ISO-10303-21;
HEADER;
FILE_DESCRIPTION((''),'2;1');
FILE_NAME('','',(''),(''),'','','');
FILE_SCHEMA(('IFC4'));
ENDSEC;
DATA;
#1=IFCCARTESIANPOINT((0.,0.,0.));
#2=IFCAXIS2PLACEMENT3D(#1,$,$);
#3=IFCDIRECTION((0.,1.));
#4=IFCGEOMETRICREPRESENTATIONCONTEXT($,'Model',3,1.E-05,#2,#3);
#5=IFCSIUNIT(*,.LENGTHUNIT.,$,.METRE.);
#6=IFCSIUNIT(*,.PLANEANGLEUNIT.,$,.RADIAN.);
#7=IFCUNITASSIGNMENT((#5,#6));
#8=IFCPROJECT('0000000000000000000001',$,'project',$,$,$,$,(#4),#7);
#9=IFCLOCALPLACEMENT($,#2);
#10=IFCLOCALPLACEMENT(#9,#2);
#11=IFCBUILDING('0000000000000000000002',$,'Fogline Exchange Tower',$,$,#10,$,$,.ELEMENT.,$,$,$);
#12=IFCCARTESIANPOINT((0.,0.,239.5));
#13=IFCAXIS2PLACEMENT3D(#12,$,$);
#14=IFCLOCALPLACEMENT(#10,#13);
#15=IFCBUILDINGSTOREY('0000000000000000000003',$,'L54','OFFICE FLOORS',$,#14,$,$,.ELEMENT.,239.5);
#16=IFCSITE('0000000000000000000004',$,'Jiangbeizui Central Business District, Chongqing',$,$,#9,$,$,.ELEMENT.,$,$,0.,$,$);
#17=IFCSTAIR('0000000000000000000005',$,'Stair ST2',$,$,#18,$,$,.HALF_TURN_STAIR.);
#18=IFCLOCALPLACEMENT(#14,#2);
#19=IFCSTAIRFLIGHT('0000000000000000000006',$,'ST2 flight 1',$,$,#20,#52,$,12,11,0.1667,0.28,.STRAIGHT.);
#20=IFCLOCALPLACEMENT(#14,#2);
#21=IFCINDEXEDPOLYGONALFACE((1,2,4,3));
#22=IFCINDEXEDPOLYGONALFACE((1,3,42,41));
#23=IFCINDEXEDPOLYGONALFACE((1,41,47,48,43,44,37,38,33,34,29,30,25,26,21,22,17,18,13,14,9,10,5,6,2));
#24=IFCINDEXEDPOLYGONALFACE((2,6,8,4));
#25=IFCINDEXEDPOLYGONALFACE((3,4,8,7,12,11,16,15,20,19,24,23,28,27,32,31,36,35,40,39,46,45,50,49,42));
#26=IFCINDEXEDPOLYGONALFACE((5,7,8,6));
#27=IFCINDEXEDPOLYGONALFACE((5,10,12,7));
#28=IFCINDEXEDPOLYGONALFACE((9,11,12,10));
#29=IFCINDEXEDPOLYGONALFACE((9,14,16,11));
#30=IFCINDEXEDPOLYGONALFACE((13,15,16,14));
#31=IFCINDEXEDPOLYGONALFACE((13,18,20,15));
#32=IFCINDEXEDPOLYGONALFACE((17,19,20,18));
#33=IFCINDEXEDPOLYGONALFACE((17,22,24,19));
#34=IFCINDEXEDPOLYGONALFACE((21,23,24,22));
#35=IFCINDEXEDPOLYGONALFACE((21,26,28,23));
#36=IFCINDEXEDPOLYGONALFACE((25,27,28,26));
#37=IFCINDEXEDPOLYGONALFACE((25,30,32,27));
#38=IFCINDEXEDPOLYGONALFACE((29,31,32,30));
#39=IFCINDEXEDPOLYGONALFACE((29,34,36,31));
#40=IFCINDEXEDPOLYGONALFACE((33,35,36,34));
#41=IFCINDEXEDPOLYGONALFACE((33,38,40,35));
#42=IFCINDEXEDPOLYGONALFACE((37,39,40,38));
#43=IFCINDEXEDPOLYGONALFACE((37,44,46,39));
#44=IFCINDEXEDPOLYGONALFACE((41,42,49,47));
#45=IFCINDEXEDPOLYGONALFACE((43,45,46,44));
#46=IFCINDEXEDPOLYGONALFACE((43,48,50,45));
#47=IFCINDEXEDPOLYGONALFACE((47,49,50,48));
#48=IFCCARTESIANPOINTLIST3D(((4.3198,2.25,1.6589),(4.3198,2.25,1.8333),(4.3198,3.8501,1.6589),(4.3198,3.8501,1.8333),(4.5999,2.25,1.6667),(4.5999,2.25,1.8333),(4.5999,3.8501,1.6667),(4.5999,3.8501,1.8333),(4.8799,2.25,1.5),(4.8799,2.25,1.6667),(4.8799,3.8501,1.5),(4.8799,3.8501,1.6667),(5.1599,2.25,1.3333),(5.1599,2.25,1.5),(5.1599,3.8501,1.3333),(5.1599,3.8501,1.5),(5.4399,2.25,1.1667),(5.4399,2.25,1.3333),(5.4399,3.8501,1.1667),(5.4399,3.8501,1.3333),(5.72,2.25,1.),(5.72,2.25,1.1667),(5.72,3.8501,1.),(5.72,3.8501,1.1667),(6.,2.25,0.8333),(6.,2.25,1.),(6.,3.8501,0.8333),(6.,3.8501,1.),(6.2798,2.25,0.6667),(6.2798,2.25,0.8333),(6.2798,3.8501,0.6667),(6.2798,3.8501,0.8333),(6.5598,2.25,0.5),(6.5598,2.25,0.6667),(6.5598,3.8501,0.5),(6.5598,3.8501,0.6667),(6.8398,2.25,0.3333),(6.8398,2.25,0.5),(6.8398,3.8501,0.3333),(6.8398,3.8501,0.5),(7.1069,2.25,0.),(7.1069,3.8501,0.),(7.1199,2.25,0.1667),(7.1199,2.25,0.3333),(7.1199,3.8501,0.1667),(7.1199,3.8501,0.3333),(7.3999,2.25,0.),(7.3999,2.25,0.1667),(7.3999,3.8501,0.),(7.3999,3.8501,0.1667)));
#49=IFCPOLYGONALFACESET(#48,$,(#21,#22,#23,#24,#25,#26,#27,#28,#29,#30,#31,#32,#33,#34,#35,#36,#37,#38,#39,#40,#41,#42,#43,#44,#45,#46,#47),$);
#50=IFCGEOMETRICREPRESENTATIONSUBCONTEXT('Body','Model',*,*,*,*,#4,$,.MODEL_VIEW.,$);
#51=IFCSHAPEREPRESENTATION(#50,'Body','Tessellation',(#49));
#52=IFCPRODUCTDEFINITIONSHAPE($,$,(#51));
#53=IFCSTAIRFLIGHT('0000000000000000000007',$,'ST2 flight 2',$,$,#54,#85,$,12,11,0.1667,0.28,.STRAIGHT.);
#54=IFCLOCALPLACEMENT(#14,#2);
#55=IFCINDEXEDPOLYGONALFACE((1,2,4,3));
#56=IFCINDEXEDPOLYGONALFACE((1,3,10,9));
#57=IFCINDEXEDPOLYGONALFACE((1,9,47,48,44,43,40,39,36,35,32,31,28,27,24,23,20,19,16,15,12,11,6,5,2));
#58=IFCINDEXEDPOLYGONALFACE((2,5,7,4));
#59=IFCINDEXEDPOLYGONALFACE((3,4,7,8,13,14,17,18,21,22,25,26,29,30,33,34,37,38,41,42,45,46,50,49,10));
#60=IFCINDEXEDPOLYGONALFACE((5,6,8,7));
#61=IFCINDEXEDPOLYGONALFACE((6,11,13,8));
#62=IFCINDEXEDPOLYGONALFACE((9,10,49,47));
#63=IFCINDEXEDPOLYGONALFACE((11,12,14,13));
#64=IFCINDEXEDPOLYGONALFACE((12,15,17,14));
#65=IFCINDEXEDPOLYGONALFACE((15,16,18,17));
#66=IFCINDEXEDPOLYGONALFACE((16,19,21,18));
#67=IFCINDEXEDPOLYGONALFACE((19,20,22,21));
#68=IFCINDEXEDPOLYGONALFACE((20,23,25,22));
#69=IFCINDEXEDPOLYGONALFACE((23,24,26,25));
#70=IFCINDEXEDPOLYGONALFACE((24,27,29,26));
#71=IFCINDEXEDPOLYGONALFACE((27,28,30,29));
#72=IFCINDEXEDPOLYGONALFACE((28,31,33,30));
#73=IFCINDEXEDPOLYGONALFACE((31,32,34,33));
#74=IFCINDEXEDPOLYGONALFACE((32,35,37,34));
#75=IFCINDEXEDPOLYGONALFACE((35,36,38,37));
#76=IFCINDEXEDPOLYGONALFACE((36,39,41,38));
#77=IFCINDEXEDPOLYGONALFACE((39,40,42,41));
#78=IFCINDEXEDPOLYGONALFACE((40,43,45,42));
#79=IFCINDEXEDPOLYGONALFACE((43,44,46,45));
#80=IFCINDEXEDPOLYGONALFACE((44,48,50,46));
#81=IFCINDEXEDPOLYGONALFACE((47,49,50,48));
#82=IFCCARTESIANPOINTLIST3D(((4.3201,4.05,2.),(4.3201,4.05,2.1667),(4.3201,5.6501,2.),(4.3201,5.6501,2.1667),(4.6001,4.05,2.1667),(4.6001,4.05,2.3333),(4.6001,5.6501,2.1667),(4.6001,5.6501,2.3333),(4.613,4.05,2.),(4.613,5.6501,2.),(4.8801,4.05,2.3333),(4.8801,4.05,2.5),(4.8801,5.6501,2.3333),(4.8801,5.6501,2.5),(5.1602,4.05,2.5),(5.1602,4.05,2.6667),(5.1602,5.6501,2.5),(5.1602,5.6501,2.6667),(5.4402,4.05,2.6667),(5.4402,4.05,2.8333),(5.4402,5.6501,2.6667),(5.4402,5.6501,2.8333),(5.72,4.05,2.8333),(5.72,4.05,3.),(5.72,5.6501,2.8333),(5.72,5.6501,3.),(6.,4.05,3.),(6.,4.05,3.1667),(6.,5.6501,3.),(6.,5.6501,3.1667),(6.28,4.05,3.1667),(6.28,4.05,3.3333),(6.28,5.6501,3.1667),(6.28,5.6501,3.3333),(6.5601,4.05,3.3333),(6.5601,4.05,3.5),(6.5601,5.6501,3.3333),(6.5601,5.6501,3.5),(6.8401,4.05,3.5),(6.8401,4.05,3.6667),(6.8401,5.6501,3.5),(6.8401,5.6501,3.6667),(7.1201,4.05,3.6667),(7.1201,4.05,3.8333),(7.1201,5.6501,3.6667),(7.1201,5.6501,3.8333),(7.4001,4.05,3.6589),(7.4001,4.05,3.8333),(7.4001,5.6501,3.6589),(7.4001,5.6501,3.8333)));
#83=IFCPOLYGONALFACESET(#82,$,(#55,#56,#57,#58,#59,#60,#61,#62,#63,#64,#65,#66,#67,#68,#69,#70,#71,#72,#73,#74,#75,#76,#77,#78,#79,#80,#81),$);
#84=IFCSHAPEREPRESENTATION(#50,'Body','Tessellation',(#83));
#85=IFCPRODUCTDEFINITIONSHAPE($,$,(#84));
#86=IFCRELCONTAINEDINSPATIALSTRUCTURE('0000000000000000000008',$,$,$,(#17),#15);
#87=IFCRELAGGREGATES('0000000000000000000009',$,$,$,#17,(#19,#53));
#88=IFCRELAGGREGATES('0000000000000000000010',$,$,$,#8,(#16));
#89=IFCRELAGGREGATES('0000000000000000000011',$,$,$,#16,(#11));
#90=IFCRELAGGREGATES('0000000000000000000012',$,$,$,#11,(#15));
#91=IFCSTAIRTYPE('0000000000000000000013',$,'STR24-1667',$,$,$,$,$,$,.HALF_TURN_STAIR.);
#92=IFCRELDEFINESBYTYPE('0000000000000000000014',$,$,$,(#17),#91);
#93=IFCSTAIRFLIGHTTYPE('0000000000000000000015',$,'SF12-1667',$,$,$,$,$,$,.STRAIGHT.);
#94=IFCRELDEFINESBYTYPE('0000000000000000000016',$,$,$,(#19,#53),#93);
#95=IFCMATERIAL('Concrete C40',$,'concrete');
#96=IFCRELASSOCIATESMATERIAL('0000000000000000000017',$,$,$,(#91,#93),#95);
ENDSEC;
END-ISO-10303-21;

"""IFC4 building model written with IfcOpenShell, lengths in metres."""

from ifc_helpers import new_model, si_unit, direction, frame, origin, place, context, subcontext, project, spatial, polyline, outline, extrude, material, type_object, element, aggregate, save


model = new_model("IFC4")

# Units and contexts
model_context = context("Model", 3, precision=1e-05, world=origin(), true_north=direction((0.0, 1.0)))
body_context = subcontext(model_context, "Body", "Model", "MODEL_VIEW")
ifc_project = project(units=[si_unit("LENGTHUNIT", "METRE"), si_unit("PLANEANGLEUNIT", "RADIAN")], contexts=[model_context])

# Site, building, storey
site_placement = place(None, origin())
site = spatial("IfcSite", under=ifc_project, at=site_placement, Name="Jiangbeizui Central Business District, Chongqing", CompositionType="ELEMENT", RefElevation=0.0)
building_placement = place(site_placement, origin())
building = spatial("IfcBuilding", under=site, at=building_placement, Name="Fogline Exchange Tower", CompositionType="ELEMENT")
storey_placement = place(building_placement, frame((0.0, 0.0, 239.5)))
storey = spatial("IfcBuildingStorey", under=building, at=storey_placement, Name="L54", Description="OFFICE FLOORS", CompositionType="ELEMENT", Elevation=239.5)

# Shared definitions
ifc_material_1 = material(Name="Concrete C40", Category="concrete")
stair_type = type_object("IfcStairType", Name="STR24-1667", PredefinedType="HALF_TURN_STAIR", material=ifc_material_1)

# Stair, stair flights
stair_1_placement = place(storey_placement, origin())
stair_1 = element("IfcStair", 1, at=stair_1_placement, inside=storey, type_object=stair_type, Name="Stair ST2", PredefinedType="HALF_TURN_STAIR")
stair_flight_type = type_object("IfcStairFlightType", Name="SF12-1667", PredefinedType="STRAIGHT", material=ifc_material_1)
stair_flight_1_placement = place(storey_placement, frame((7.3999, 3.05, 0.0), z_axis=(0.0, 0.0, 1.0), x_axis=(-1.0, 0.0, 0.0)))
stair_flight_1 = element("IfcStairFlight", 2, at=stair_flight_1_placement, type_object=stair_flight_type, Name="ST2 flight 1", NumberOfRisers=12, NumberOfTreads=11, PredefinedType="STRAIGHT", RiserHeight=0.1667, TreadLength=0.28, context=body_context, shape_type="SweptSolid", body=[
    extrude(outline(polyline([(0.0, 0.0), (0.0, 0.1667), (0.28, 0.1667), (0.28, 0.3333), (0.5601, 0.3333), (0.5601, 0.5), (0.8401, 0.5), (0.8401, 0.6667), (1.1201, 0.6667), (1.1201, 0.8333), (1.3999, 0.8333), (1.3999, 1.0), (1.6799, 1.0), (1.6799, 1.1667), (1.96, 1.1667), (1.96, 1.3333), (2.24, 1.3333), (2.24, 1.5), (2.52, 1.5), (2.52, 1.6667), (2.8, 1.6667), (2.8, 1.8333), (3.0801, 1.8333), (3.0801, 2.0), (3.0801, 1.6589), (0.293, 0.0), (0.0, 0.0)])), frame((0.0, 0.8, 0.0), z_axis=(0.0, -1.0, 0.0), x_axis=(1.0, 0.0, 0.0)), (0.0, 0.0, 1.0), 1.6001),
])
stair_flight_2_placement = place(storey_placement, frame((4.3201, 4.8501, 2.0), z_axis=(0.0, 0.0, 1.0), x_axis=(1.0, 0.0, 0.0)))
stair_flight_2 = element("IfcStairFlight", 3, at=stair_flight_2_placement, type_object=stair_flight_type, Name="ST2 flight 2", NumberOfRisers=12, NumberOfTreads=11, PredefinedType="STRAIGHT", RiserHeight=0.1667, TreadLength=0.28, context=body_context, shape_type="SweptSolid", body=[
    extrude(outline(polyline([(0.0, 0.0), (0.0, 0.1667), (0.28, 0.1667), (0.28, 0.3333), (0.5601, 0.3333), (0.5601, 0.5), (0.8401, 0.5), (0.8401, 0.6667), (1.1201, 0.6667), (1.1201, 0.8333), (1.3999, 0.8333), (1.3999, 1.0), (1.6799, 1.0), (1.6799, 1.1667), (1.96, 1.1667), (1.96, 1.3333), (2.24, 1.3333), (2.24, 1.5), (2.52, 1.5), (2.52, 1.6667), (2.8, 1.6667), (2.8, 1.8333), (3.0801, 1.8333), (3.0801, 2.0), (3.0801, 1.6589), (0.293, 0.0), (0.0, 0.0)])), frame((0.0, 0.8, 0.0), z_axis=(0.0, -1.0, 0.0), x_axis=(1.0, 0.0, 0.0)), (0.0, 0.0, 1.0), 1.6001),
])
aggregate(stair_1, [stair_flight_1, stair_flight_2])

save(model, "model.ifc")
